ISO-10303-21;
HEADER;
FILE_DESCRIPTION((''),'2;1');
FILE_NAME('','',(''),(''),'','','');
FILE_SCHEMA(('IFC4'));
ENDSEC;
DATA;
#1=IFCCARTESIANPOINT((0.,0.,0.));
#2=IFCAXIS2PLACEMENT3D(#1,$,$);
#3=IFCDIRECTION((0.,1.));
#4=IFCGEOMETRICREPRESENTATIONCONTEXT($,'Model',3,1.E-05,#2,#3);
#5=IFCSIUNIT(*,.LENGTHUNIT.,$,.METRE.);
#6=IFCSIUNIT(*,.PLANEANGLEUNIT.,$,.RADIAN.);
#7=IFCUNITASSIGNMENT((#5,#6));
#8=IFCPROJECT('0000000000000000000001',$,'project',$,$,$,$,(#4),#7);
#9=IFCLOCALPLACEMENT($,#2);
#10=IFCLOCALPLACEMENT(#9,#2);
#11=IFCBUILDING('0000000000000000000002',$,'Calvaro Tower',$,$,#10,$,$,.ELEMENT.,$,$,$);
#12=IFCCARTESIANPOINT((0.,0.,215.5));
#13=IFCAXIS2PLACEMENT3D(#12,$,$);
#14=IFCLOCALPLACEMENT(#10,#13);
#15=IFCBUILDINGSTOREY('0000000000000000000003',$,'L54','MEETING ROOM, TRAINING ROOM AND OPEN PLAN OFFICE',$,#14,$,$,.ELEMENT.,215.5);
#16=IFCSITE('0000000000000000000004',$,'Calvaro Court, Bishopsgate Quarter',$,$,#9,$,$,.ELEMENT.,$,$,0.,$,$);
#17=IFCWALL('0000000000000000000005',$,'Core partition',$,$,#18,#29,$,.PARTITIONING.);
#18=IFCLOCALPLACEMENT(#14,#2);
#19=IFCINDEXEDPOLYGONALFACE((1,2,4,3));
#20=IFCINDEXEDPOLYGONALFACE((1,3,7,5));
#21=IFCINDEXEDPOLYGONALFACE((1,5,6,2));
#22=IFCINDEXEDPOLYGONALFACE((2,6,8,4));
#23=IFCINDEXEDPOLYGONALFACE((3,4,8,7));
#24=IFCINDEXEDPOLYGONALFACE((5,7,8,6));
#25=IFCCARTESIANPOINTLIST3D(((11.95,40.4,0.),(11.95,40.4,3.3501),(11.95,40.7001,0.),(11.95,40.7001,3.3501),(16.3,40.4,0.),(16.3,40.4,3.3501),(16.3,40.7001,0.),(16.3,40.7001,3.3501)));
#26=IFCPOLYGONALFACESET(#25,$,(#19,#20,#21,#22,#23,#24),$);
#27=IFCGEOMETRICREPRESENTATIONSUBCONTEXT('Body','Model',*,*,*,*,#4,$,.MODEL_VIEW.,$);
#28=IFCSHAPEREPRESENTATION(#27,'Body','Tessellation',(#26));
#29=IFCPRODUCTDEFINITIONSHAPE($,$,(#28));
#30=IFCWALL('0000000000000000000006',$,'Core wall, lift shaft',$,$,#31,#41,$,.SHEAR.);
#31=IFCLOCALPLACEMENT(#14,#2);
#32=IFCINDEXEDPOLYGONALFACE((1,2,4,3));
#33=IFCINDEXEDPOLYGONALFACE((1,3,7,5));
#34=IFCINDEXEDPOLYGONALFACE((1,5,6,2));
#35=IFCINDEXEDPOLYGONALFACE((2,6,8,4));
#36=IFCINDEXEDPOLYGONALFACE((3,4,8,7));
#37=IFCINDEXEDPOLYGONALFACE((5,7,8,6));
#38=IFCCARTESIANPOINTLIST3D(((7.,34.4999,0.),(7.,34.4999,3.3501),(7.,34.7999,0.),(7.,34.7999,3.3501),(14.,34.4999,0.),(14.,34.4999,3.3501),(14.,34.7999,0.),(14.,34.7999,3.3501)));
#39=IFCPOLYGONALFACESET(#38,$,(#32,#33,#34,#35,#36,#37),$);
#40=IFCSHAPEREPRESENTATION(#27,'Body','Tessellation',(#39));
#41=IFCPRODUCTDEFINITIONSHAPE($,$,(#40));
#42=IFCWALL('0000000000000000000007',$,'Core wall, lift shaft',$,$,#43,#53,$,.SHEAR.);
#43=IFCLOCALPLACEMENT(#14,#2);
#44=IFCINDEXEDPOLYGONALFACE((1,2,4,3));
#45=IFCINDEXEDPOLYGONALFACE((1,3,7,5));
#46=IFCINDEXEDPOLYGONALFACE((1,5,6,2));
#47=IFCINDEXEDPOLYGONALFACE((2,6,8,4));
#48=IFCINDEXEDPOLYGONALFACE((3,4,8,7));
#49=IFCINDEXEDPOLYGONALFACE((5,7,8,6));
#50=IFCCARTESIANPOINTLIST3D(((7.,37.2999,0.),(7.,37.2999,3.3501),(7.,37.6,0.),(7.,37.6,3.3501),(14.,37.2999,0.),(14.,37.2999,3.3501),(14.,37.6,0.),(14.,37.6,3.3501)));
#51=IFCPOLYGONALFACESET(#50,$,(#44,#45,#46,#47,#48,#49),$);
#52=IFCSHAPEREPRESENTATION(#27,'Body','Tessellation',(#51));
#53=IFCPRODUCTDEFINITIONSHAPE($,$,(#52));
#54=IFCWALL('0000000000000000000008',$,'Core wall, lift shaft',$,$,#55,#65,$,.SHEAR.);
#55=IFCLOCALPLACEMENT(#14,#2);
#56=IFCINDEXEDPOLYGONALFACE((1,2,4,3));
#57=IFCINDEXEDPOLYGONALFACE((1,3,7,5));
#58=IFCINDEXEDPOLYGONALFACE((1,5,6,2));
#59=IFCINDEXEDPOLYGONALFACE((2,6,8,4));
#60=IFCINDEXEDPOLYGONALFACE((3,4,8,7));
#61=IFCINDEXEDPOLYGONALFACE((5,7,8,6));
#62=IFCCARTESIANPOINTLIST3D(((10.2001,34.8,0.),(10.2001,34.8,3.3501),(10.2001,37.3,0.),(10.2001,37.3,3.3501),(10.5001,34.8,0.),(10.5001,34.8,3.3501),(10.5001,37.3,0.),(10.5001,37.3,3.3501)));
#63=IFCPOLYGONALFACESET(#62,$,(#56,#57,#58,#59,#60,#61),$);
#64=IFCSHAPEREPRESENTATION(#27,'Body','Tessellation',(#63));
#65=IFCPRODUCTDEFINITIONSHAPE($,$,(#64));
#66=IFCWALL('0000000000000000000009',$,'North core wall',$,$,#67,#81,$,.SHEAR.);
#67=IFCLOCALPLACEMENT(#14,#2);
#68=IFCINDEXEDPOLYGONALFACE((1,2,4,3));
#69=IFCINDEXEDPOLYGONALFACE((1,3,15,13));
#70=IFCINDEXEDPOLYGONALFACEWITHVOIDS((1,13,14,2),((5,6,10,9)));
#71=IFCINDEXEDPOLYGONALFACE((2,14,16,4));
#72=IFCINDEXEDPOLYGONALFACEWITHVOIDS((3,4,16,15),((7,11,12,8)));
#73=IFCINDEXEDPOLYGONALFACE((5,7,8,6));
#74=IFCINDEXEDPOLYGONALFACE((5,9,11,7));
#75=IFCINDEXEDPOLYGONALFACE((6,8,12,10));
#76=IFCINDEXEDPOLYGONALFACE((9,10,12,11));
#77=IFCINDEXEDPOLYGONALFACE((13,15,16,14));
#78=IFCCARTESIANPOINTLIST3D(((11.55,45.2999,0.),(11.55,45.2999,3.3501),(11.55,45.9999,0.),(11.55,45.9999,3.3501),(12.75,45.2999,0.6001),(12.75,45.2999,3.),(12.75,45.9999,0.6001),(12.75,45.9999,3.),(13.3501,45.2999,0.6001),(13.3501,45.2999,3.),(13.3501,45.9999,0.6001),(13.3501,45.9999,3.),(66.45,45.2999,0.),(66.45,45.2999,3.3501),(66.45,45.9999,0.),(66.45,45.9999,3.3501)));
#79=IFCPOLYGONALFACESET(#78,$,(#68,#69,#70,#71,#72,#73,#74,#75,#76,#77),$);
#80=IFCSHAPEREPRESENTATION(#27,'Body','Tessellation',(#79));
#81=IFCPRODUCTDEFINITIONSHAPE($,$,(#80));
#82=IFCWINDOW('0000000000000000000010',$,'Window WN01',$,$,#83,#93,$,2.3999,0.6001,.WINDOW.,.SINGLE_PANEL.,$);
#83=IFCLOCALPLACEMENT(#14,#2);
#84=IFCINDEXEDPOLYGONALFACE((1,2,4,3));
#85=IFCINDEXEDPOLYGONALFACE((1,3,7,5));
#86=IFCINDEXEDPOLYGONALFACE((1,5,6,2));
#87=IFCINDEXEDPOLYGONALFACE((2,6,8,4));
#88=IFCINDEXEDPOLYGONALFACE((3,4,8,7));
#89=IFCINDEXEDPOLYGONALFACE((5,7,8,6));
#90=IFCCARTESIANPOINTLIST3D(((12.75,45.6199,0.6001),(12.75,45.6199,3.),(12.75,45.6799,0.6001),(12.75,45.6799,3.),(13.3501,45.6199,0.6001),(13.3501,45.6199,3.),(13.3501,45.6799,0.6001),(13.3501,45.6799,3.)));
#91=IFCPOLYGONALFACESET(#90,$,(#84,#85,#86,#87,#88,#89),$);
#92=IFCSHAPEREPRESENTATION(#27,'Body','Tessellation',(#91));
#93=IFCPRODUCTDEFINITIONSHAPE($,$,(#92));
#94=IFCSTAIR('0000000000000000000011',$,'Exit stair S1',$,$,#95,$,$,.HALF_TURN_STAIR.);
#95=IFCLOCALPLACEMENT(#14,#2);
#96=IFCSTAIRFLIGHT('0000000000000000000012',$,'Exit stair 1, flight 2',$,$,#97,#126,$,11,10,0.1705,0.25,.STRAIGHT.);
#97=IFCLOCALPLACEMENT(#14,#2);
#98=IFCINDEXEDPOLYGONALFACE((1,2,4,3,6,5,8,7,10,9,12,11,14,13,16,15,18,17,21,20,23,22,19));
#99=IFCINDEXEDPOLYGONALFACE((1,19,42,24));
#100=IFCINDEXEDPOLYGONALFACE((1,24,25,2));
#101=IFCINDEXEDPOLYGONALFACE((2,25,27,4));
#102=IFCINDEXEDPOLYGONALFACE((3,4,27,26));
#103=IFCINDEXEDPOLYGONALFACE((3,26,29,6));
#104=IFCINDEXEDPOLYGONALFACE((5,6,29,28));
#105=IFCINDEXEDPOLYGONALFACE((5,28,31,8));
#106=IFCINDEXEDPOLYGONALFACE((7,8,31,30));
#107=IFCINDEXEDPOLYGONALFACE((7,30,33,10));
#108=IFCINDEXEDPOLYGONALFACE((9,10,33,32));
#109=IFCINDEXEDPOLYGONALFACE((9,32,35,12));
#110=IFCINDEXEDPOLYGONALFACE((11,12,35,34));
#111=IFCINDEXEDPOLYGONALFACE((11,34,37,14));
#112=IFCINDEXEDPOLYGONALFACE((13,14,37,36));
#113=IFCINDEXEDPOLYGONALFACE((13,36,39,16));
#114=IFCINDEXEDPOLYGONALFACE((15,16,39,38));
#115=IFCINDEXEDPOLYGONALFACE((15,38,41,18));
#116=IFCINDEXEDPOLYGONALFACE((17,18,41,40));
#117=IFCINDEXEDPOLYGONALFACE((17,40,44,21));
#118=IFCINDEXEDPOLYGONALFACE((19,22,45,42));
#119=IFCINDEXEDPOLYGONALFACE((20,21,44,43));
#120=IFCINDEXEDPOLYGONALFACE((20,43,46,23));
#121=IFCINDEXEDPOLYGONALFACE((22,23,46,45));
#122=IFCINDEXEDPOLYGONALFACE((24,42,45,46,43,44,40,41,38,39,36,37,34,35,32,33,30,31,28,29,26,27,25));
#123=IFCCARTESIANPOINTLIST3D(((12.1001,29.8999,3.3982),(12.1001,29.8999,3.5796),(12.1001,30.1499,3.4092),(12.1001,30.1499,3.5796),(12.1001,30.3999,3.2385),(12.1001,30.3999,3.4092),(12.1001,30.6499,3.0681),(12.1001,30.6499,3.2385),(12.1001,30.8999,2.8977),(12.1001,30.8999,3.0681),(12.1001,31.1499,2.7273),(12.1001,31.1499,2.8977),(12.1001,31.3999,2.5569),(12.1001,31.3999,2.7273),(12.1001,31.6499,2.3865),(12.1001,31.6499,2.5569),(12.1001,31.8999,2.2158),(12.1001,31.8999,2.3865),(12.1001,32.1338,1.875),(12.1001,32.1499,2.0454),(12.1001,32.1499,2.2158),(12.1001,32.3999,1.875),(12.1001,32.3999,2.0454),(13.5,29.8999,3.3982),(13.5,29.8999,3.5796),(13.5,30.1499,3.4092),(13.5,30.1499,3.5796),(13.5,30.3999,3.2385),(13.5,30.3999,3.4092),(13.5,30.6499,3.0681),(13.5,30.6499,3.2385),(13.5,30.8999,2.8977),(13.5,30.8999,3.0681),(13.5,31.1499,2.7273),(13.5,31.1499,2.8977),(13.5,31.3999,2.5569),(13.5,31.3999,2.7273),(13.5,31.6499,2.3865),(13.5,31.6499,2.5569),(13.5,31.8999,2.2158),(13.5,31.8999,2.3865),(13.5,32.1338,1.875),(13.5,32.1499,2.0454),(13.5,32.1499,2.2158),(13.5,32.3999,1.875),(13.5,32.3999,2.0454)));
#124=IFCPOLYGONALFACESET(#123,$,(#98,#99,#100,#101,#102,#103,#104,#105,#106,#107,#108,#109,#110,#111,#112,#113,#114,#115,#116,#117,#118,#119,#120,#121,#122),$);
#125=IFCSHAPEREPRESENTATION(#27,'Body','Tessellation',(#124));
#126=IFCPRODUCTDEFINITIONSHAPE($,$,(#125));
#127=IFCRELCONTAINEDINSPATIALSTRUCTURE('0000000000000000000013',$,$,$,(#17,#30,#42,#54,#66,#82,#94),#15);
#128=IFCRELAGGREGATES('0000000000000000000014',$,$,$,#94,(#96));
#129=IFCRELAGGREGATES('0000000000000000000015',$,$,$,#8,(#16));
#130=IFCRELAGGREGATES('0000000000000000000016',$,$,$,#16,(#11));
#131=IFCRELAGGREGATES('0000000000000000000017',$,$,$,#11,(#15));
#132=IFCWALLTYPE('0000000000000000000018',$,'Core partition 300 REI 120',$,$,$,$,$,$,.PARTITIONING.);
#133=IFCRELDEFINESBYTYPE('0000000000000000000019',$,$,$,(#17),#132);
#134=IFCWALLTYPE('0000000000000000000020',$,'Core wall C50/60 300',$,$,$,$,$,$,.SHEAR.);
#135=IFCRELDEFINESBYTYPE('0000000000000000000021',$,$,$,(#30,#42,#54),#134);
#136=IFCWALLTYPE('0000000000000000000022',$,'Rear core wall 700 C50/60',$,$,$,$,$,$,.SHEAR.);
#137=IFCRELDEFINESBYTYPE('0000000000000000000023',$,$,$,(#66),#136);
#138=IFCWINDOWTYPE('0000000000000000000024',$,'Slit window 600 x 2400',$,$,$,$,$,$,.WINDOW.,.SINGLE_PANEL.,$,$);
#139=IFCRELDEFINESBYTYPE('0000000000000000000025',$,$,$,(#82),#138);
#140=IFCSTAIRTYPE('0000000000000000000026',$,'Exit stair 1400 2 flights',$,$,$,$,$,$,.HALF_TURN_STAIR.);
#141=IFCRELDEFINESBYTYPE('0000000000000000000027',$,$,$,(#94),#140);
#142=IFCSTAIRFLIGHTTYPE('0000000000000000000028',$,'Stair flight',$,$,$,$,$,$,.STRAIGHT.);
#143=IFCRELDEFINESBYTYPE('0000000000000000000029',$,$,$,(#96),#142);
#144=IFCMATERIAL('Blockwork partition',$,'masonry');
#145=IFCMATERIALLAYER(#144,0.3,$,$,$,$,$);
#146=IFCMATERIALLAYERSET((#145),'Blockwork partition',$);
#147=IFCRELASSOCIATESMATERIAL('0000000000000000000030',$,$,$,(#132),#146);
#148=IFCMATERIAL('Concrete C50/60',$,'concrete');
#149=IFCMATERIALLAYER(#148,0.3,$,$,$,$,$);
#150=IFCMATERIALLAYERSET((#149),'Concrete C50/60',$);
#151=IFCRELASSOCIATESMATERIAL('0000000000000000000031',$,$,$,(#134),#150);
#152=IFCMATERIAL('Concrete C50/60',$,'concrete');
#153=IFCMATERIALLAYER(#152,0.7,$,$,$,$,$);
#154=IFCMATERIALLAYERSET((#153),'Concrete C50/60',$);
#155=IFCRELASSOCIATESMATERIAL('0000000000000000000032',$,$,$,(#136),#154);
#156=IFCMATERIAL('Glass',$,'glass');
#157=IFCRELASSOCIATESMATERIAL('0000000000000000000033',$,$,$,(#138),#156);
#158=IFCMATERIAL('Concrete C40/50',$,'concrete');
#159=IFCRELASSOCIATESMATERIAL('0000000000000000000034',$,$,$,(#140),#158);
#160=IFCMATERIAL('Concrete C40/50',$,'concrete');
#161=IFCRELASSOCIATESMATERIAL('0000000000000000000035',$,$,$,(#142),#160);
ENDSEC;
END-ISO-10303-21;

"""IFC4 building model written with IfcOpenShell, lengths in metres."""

from ifc_helpers import new_model, si_unit, direction, frame, frame_2d, origin, place, context, subcontext, project, spatial, polyline, rectangle, outline, extrude, material, layer, layer_set, type_object, element, fill, aggregate, save


model = new_model("IFC4")

# Units and contexts
model_context = context("Model", 3, precision=1e-05, world=origin(), true_north=direction((0.0, 1.0)))
body_context = subcontext(model_context, "Body", "Model", "MODEL_VIEW")
ifc_project = project(units=[si_unit("LENGTHUNIT", "METRE"), si_unit("PLANEANGLEUNIT", "RADIAN")], contexts=[model_context])

# Site, building, storey
site_placement = place(None, origin())
site = spatial("IfcSite", under=ifc_project, at=site_placement, Name="Calvaro Court, Bishopsgate Quarter", CompositionType="ELEMENT", RefElevation=0.0)
building_placement = place(site_placement, origin())
building = spatial("IfcBuilding", under=site, at=building_placement, Name="Calvaro Tower", CompositionType="ELEMENT")
storey_placement = place(building_placement, frame((0.0, 0.0, 215.5)))
storey = spatial("IfcBuildingStorey", under=building, at=storey_placement, Name="L54", Description="MEETING ROOM, TRAINING ROOM AND OPEN PLAN OFFICE", CompositionType="ELEMENT", Elevation=215.5)

# Walls
ifc_material_1 = material(Name="Blockwork partition", Category="masonry")
ifc_layer_1 = layer(ifc_material_1, 0.3)
ifc_layer_set_1 = layer_set([ifc_layer_1], Name="Blockwork partition")
wall_type_1 = type_object("IfcWallType", Name="Core partition 300 REI 120", PredefinedType="PARTITIONING", material=ifc_layer_set_1)
wall_1_placement = place(storey_placement, frame((11.95, 40.55, 0.0), z_axis=(0.0, 0.0, 1.0), x_axis=(1.0, 0.0, 0.0)))
element("IfcWall", 1, at=wall_1_placement, inside=storey, type_object=wall_type_1, Name="Core partition", PredefinedType="PARTITIONING", context=body_context, shape_type="SweptSolid", body=[
    extrude(rectangle(XDim=4.3501, YDim=0.3, at=frame_2d((2.175, 0.0))), origin(), (0.0, 0.0, 1.0), 3.3501),
])
ifc_material_2 = material(Name="Concrete C50/60", Category="concrete")
ifc_layer_2 = layer(ifc_material_2, 0.3)
ifc_layer_set_2 = layer_set([ifc_layer_2], Name="Concrete C50/60")
wall_type_2 = type_object("IfcWallType", Name="Core wall C50/60 300", PredefinedType="SHEAR", material=ifc_layer_set_2)
for number, where, z_axis, x_axis, name in (
    (2, (7.0, 34.6499, 0.0), (0.0, 0.0, 1.0), (1.0, 0.0, 0.0), "Core wall, lift shaft"),
    (3, (7.0, 37.45, 0.0), (0.0, 0.0, 1.0), (1.0, 0.0, 0.0), "Core wall, lift shaft"),
):
    element("IfcWall", number, at=place(storey_placement, frame(where, z_axis=z_axis, x_axis=x_axis)), inside=storey, type_object=wall_type_2, Name=name, PredefinedType="SHEAR", context=body_context, shape_type="SweptSolid", body=[
        extrude(rectangle(XDim=7.0, YDim=0.3, at=frame_2d((3.5, 0.0))), origin(), (0.0, 0.0, 1.0), 3.3501),
    ])
wall_2_placement = place(storey_placement, frame((10.3501, 34.8, 0.0), z_axis=(0.0, 0.0, 1.0), x_axis=(0.0, 1.0, 0.0)))
element("IfcWall", 4, at=wall_2_placement, inside=storey, type_object=wall_type_2, Name="Core wall, lift shaft", PredefinedType="SHEAR", context=body_context, shape_type="SweptSolid", body=[
    extrude(rectangle(XDim=2.5, YDim=0.3, at=frame_2d((1.25, 0.0))), origin(), (0.0, 0.0, 1.0), 3.3501),
])

# Wall, opening, window
ifc_material_3 = material(Name="Concrete C50/60", Category="concrete")
ifc_layer_3 = layer(ifc_material_3, 0.7)
ifc_layer_set_3 = layer_set([ifc_layer_3], Name="Concrete C50/60")
wall_type_3 = type_object("IfcWallType", Name="Rear core wall 700 C50/60", PredefinedType="SHEAR", material=ifc_layer_set_3)
wall_3_placement = place(storey_placement, frame((11.55, 45.6499, 0.0), z_axis=(0.0, 0.0, 1.0), x_axis=(1.0, 0.0, 0.0)))
wall_3 = element("IfcWall", 5, at=wall_3_placement, inside=storey, type_object=wall_type_3, Name="North core wall", PredefinedType="SHEAR", context=body_context, shape_type="SweptSolid", body=[
    extrude(rectangle(XDim=54.8999, YDim=0.7, at=frame_2d((27.45, 0.0))), origin(), (0.0, 0.0, 1.0), 3.3501),
])
opening_1_placement = place(wall_3_placement, frame((1.2, 0.0, 0.6001)))
opening_1 = element("IfcOpeningElement", 6, at=opening_1_placement, cuts=wall_3, PredefinedType="OPENING", context=body_context, shape_type="SweptSolid", body=[
    extrude(rectangle(XDim=0.6001, YDim=2.3999, at=frame_2d((0.3, 1.2))), frame((0.0, 0.3599, 0.0), z_axis=(0.0, -1.0, 0.0), x_axis=(1.0, 0.0, 0.0)), (0.0, 0.0, 1.0), 0.72),
])
ifc_material_4 = material(Name="Glass", Category="glass")
window_type = type_object("IfcWindowType", Name="Slit window 600 x 2400", PartitioningType="SINGLE_PANEL", PredefinedType="WINDOW", material=ifc_material_4)
window_placement = place(opening_1_placement, origin())
window = element("IfcWindow", 7, at=window_placement, inside=storey, type_object=window_type, Name="Window WN01", OverallHeight=2.3999, OverallWidth=0.6001, PartitioningType="SINGLE_PANEL", PredefinedType="WINDOW", context=body_context, shape_type="SweptSolid", body=[
    extrude(rectangle(XDim=0.6001, YDim=2.3999, at=frame_2d((0.3, 1.2))), frame((0.0, 0.03, 0.0), z_axis=(0.0, -1.0, 0.0), x_axis=(1.0, 0.0, 0.0)), (0.0, 0.0, 1.0), 0.0601),
])
fill(opening_1, window)

# Stair, stair flight
ifc_material_5 = material(Name="Concrete C40/50", Category="concrete")
stair_type = type_object("IfcStairType", Name="Exit stair 1400 2 flights", PredefinedType="HALF_TURN_STAIR", material=ifc_material_5)
stair_placement = place(storey_placement, origin())
stair = element("IfcStair", 8, at=stair_placement, inside=storey, type_object=stair_type, Name="Exit stair S1", PredefinedType="HALF_TURN_STAIR")
ifc_material_6 = material(Name="Concrete C40/50", Category="concrete")
stair_flight_type = type_object("IfcStairFlightType", Name="Stair flight", PredefinedType="STRAIGHT", material=ifc_material_6)
stair_flight_placement = place(storey_placement, frame((12.8, 32.3999, 1.875), z_axis=(0.0, 0.0, 1.0), x_axis=(0.0, -1.0, 0.0)))
stair_flight = element("IfcStairFlight", 9, at=stair_flight_placement, type_object=stair_flight_type, Name="Exit stair 1, flight 2", NumberOfRisers=11, NumberOfTreads=10, PredefinedType="STRAIGHT", RiserHeight=0.1705, TreadLength=0.25, context=body_context, shape_type="SweptSolid", body=[
    extrude(outline(polyline([(0.0, 0.0), (0.0, 0.1704), (0.25, 0.1704), (0.25, 0.3408), (0.5, 0.3408), (0.5, 0.5115), (0.75, 0.5115), (0.75, 0.6819), (1.0, 0.6819), (1.0, 0.8523), (1.25, 0.8523), (1.25, 1.0227), (1.5, 1.0227), (1.5, 1.1931), (1.75, 1.1931), (1.75, 1.3635), (2.0, 1.3635), (2.0, 1.5342), (2.25, 1.5342), (2.25, 1.7046), (2.5, 1.7046), (2.5, 1.875), (2.5, 1.5232), (0.2661, 0.0), (0.0, 0.0)])), frame((0.0, 0.7, 0.0), z_axis=(0.0, -1.0, 0.0), x_axis=(1.0, 0.0, 0.0)), (0.0, 0.0, 1.0), 1.3999),
])
aggregate(stair, [stair_flight])

save(model, "model.ifc")
